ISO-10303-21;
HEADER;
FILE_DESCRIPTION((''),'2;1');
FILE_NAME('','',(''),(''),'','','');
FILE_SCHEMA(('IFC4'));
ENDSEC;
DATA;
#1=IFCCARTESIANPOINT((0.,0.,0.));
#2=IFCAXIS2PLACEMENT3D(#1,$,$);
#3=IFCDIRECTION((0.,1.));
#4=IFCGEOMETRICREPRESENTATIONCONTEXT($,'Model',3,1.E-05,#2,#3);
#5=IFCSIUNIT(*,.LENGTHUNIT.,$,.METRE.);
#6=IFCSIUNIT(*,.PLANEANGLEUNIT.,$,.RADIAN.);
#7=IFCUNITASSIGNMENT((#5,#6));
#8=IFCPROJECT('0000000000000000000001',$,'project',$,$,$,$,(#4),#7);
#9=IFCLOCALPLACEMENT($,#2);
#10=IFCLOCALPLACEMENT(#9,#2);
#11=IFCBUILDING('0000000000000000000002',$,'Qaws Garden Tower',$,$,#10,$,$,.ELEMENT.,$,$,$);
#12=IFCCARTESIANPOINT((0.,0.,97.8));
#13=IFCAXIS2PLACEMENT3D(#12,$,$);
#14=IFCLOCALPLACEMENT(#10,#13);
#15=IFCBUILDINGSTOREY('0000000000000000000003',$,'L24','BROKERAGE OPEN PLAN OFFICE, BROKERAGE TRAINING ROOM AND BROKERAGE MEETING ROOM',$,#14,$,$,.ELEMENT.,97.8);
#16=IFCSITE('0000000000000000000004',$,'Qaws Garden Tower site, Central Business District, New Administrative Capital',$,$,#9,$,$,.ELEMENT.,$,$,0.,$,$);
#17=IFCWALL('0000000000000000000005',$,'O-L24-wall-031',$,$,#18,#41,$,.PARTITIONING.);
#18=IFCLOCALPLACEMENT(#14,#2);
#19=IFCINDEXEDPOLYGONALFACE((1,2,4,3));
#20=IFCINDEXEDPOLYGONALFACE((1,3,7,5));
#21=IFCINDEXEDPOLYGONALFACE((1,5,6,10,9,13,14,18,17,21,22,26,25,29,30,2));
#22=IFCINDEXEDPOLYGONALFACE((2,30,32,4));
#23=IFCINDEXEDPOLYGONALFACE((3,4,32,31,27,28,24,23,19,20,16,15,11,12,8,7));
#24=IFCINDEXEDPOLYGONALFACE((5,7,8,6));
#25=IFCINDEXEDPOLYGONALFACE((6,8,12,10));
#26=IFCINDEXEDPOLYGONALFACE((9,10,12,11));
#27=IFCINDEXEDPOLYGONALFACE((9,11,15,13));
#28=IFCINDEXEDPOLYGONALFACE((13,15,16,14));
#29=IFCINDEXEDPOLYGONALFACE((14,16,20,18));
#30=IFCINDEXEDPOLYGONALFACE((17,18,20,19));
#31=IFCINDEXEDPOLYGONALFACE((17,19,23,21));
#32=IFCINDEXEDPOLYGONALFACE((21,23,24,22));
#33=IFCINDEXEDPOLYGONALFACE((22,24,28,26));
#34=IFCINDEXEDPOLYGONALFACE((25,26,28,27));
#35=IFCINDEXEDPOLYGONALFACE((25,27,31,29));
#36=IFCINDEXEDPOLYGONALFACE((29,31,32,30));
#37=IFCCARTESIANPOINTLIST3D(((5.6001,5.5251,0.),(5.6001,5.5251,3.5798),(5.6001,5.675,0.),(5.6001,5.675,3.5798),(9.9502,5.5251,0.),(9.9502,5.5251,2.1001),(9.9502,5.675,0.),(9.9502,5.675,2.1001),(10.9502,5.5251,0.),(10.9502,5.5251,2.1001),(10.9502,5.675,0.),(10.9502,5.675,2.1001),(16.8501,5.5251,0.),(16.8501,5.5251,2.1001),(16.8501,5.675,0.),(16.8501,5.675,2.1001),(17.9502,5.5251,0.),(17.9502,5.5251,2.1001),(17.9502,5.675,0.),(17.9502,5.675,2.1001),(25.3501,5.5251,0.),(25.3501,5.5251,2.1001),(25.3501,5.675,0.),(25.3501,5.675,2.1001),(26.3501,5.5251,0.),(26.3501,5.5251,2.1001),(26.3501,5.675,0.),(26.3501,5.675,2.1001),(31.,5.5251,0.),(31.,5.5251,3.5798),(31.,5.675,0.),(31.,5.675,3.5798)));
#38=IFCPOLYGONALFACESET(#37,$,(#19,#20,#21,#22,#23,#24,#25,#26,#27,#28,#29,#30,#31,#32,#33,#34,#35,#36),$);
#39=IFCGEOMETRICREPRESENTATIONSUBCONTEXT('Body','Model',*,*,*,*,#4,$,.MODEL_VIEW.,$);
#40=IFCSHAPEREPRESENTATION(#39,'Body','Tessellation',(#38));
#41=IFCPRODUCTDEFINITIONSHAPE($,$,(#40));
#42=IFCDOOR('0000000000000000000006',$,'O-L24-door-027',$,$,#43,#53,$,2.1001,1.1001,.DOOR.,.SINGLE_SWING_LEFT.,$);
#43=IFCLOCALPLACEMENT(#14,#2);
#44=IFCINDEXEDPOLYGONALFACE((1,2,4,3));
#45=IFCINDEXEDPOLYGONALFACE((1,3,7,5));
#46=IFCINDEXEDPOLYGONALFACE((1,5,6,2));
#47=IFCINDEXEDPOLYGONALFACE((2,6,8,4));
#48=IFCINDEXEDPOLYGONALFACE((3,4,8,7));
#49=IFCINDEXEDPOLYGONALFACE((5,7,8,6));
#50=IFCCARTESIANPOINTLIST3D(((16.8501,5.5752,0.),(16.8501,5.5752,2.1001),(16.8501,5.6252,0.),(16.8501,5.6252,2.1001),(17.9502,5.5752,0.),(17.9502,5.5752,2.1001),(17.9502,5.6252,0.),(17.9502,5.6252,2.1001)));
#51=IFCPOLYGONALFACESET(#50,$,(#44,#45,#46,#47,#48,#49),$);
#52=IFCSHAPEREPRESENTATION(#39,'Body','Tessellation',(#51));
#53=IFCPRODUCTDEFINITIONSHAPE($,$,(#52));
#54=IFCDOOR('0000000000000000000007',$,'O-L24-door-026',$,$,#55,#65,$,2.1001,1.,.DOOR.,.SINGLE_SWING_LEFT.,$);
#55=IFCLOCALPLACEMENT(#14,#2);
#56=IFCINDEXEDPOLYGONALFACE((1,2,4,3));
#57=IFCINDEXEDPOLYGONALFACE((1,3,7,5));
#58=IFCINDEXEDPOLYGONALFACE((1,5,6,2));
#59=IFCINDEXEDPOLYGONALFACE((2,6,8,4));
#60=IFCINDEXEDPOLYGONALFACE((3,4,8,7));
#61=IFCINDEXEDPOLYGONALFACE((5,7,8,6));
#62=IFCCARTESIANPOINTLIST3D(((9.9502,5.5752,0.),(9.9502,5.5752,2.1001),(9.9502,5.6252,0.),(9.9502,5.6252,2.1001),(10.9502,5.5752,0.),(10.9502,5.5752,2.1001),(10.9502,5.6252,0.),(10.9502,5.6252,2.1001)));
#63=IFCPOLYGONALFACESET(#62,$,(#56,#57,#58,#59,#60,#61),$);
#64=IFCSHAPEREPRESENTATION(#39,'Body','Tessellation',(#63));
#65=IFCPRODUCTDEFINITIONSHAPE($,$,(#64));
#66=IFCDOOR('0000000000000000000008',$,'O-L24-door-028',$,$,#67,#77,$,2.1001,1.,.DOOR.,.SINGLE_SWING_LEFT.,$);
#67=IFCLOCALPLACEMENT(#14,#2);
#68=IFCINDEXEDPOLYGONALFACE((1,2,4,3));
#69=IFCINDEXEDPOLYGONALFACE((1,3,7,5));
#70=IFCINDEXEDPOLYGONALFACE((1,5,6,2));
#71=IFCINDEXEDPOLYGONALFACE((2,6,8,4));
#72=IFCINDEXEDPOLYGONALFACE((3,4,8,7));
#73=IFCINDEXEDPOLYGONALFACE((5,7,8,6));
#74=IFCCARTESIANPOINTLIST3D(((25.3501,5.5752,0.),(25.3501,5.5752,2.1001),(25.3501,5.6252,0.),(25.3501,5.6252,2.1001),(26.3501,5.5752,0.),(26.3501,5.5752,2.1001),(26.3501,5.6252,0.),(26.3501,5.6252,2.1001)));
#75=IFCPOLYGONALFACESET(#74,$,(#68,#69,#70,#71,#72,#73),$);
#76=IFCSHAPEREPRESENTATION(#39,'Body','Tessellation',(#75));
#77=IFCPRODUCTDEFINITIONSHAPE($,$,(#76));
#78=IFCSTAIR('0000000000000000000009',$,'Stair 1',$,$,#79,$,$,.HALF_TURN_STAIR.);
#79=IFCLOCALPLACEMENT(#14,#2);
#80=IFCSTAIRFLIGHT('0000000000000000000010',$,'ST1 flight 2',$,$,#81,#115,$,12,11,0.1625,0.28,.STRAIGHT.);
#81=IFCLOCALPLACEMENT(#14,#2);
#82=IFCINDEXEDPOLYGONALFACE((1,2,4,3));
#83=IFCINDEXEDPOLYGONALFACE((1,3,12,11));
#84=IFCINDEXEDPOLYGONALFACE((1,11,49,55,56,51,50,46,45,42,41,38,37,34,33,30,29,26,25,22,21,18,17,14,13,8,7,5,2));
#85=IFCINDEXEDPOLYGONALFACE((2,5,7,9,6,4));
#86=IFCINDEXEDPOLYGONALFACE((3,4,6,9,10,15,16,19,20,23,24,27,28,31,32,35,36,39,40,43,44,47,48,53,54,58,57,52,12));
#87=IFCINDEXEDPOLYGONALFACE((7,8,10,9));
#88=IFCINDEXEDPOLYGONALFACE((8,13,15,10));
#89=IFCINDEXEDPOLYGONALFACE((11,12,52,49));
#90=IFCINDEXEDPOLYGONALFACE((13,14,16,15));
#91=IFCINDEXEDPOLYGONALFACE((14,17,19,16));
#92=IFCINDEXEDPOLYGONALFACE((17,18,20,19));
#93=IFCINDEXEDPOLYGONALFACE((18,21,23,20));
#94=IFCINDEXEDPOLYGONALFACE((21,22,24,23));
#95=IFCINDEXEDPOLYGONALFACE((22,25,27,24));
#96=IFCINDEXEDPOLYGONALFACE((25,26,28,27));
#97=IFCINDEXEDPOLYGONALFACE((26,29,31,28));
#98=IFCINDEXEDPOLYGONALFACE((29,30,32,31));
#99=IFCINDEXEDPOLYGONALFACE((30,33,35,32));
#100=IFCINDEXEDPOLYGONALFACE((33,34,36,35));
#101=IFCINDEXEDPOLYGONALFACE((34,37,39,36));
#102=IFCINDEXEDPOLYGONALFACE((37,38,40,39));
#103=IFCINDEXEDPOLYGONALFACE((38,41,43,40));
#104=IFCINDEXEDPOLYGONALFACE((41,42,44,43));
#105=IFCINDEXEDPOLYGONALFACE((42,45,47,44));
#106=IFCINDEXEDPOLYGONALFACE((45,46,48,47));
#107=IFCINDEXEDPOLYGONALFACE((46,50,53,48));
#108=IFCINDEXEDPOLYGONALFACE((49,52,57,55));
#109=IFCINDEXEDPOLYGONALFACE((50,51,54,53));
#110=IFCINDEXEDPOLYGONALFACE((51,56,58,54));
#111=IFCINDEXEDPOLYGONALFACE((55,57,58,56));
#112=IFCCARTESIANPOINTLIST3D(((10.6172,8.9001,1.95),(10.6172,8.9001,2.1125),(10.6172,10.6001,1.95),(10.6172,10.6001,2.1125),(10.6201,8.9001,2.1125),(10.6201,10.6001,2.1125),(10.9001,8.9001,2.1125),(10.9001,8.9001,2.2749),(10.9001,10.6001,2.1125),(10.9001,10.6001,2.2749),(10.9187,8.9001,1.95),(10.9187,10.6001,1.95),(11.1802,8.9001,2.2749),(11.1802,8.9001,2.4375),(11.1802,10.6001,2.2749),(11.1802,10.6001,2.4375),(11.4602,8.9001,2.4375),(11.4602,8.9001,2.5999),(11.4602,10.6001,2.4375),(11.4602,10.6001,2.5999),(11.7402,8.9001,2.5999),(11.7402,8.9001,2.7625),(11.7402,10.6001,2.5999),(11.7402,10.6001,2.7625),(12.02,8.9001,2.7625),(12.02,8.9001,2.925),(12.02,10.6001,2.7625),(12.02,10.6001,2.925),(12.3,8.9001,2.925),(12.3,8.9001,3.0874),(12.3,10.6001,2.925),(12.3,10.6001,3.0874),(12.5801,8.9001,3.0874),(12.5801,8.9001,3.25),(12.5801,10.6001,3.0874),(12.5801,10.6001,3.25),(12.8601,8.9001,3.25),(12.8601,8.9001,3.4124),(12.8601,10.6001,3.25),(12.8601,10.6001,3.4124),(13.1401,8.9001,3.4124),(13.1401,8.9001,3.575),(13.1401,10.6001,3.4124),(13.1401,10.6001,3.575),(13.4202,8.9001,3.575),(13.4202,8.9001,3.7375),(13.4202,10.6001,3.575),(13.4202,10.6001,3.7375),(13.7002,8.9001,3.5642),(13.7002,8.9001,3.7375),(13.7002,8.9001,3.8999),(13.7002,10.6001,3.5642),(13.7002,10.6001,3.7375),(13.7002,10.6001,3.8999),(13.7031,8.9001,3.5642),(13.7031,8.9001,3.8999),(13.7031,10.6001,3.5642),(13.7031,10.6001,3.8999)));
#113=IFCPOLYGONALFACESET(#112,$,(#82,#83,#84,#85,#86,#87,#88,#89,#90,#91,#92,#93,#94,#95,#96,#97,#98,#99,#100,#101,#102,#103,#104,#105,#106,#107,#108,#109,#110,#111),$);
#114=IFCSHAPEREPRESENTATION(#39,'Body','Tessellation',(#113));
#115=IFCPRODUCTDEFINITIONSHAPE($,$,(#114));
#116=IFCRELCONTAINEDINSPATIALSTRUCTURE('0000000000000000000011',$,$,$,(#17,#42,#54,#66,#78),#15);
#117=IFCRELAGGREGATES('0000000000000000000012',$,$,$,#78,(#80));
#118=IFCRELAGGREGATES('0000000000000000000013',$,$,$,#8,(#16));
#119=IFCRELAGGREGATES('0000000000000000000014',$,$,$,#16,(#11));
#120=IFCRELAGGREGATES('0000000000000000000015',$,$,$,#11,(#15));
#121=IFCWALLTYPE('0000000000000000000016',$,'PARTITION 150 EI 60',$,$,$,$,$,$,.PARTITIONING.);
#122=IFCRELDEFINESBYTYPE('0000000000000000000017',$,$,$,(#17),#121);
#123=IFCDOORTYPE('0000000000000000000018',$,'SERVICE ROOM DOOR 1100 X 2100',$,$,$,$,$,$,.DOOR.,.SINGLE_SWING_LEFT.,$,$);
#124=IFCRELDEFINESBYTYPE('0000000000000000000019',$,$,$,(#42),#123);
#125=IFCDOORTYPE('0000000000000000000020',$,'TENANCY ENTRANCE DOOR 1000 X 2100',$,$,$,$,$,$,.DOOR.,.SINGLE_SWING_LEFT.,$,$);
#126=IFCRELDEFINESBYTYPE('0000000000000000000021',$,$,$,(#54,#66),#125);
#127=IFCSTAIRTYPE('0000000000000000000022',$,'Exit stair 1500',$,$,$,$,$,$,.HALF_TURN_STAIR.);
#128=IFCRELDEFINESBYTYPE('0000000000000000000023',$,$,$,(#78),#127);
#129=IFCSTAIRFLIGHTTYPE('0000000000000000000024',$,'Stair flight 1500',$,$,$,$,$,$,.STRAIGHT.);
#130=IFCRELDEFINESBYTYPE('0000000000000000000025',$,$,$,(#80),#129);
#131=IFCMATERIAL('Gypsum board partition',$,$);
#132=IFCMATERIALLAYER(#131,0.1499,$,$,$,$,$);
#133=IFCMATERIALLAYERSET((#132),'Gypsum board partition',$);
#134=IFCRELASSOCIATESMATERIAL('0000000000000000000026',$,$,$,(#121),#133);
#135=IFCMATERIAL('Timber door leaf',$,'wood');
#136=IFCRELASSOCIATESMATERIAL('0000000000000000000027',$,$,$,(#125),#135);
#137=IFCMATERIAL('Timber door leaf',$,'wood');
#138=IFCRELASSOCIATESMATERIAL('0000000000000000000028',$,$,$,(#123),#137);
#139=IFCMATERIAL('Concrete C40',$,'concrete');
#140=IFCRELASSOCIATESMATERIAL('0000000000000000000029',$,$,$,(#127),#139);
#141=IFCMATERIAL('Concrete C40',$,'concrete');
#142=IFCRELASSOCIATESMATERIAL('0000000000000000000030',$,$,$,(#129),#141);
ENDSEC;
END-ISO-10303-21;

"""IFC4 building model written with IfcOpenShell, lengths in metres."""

from ifc_helpers import new_model, si_unit, direction, frame, frame_2d, origin, place, context, subcontext, project, spatial, polyline, rectangle, outline, extrude, material, layer, layer_set, type_object, element, fill, aggregate, save


model = new_model("IFC4")

# Units and contexts
model_context = context("Model", 3, precision=1e-05, world=origin(), true_north=direction((0.0, 1.0)))
body_context = subcontext(model_context, "Body", "Model", "MODEL_VIEW")
ifc_project = project(units=[si_unit("LENGTHUNIT", "METRE"), si_unit("PLANEANGLEUNIT", "RADIAN")], contexts=[model_context])

# Site, building, storey
site_placement = place(None, origin())
site = spatial("IfcSite", under=ifc_project, at=site_placement, Name="Qaws Garden Tower site, Central Business District, New Administrative Capital", CompositionType="ELEMENT", RefElevation=0.0)
building_placement = place(site_placement, origin())
building = spatial("IfcBuilding", under=site, at=building_placement, Name="Qaws Garden Tower", CompositionType="ELEMENT")
storey_placement = place(building_placement, frame((0.0, 0.0, 97.8)))
storey = spatial("IfcBuildingStorey", under=building, at=storey_placement, Name="L24", Description="BROKERAGE OPEN PLAN OFFICE, BROKERAGE TRAINING ROOM AND BROKERAGE MEETING ROOM", CompositionType="ELEMENT", Elevation=97.8)

# Wall, openings, doors
ifc_material_1 = material(Name="Gypsum board partition")
ifc_layer_1 = layer(ifc_material_1, 0.1499)
ifc_layer_set_1 = layer_set([ifc_layer_1], Name="Gypsum board partition")
wall_type_1 = type_object("IfcWallType", Name="PARTITION 150 EI 60", PredefinedType="PARTITIONING", material=ifc_layer_set_1)
ifc_material_2 = material(Name="Timber door leaf", Category="wood")
door_type_1 = type_object("IfcDoorType", Name="TENANCY ENTRANCE DOOR 1000 X 2100", OperationType="SINGLE_SWING_LEFT", PredefinedType="DOOR", material=ifc_material_2)
wall_1_placement = place(storey_placement, frame((5.6001, 5.6001, 0.0), z_axis=(0.0, 0.0, 1.0), x_axis=(1.0, 0.0, 0.0)))
wall_1 = element("IfcWall", 1, at=wall_1_placement, inside=storey, type_object=wall_type_1, Name="O-L24-wall-031", PredefinedType="PARTITIONING", context=body_context, shape_type="SweptSolid", body=[
    extrude(rectangle(XDim=25.3999, YDim=0.1499, at=frame_2d((12.7, 0.0))), origin(), (0.0, 0.0, 1.0), 3.5798),
])
opening_1_placement = place(wall_1_placement, frame((4.3501, 0.0, 0.0)))
opening_1 = element("IfcOpeningElement", 2, at=opening_1_placement, cuts=wall_1, PredefinedType="OPENING", context=body_context, shape_type="SweptSolid", body=[
    extrude(rectangle(XDim=1.0, YDim=2.1001, at=frame_2d((0.5, 1.05))), frame((0.0, 0.085, 0.0), z_axis=(0.0, -1.0, 0.0), x_axis=(1.0, 0.0, 0.0)), (0.0, 0.0, 1.0), 0.1699),
])
opening_2_placement = place(wall_1_placement, frame((11.25, 0.0, 0.0)))
opening_2 = element("IfcOpeningElement", 3, at=opening_2_placement, cuts=wall_1, PredefinedType="OPENING", context=body_context, shape_type="SweptSolid", body=[
    extrude(rectangle(XDim=1.1001, YDim=2.1001, at=frame_2d((0.55, 1.05))), frame((0.0, 0.085, 0.0), z_axis=(0.0, -1.0, 0.0), x_axis=(1.0, 0.0, 0.0)), (0.0, 0.0, 1.0), 0.1699),
])
opening_3_placement = place(wall_1_placement, frame((19.75, 0.0, 0.0)))
opening_3 = element("IfcOpeningElement", 4, at=opening_3_placement, cuts=wall_1, PredefinedType="OPENING", context=body_context, shape_type="SweptSolid", body=[
    extrude(rectangle(XDim=1.0, YDim=2.1001, at=frame_2d((0.5, 1.05))), frame((0.0, 0.085, 0.0), z_axis=(0.0, -1.0, 0.0), x_axis=(1.0, 0.0, 0.0)), (0.0, 0.0, 1.0), 0.1699),
])
ifc_material_3 = material(Name="Timber door leaf", Category="wood")
door_type_2 = type_object("IfcDoorType", Name="SERVICE ROOM DOOR 1100 X 2100", OperationType="SINGLE_SWING_LEFT", PredefinedType="DOOR", material=ifc_material_3)
door_1_placement = place(opening_2_placement, frame((1.1001, 0.0, 0.0), z_axis=(0.0, 0.0, 1.0), x_axis=(-1.0, 0.0, 0.0)))
door_1 = element("IfcDoor", 5, at=door_1_placement, inside=storey, type_object=door_type_2, Name="O-L24-door-027", OperationType="SINGLE_SWING_LEFT", OverallHeight=2.1001, OverallWidth=1.1001, PredefinedType="DOOR", context=body_context, shape_type="SweptSolid", body=[
    extrude(rectangle(XDim=1.1001, YDim=2.1001, at=frame_2d((0.55, 1.05))), frame((0.0, 0.0249, 0.0), z_axis=(0.0, -1.0, 0.0), x_axis=(1.0, 0.0, 0.0)), (0.0, 0.0, 1.0), 0.05),
])
fill(opening_2, door_1)
door_2_placement = place(opening_1_placement, frame((1.0, 0.0, 0.0), z_axis=(0.0, 0.0, 1.0), x_axis=(-1.0, 0.0, 0.0)))
door_2 = element("IfcDoor", 6, at=door_2_placement, inside=storey, type_object=door_type_1, Name="O-L24-door-026", OperationType="SINGLE_SWING_LEFT", OverallHeight=2.1001, OverallWidth=1.0, PredefinedType="DOOR", context=body_context, shape_type="SweptSolid", body=[
    extrude(rectangle(XDim=1.0, YDim=2.1001, at=frame_2d((0.5, 1.05))), frame((0.0, 0.0249, 0.0), z_axis=(0.0, -1.0, 0.0), x_axis=(1.0, 0.0, 0.0)), (0.0, 0.0, 1.0), 0.05),
])
fill(opening_1, door_2)
door_3_placement = place(opening_3_placement, frame((1.0, 0.0, 0.0), z_axis=(0.0, 0.0, 1.0), x_axis=(-1.0, 0.0, 0.0)))
door_3 = element("IfcDoor", 7, at=door_3_placement, inside=storey, type_object=door_type_1, Name="O-L24-door-028", OperationType="SINGLE_SWING_LEFT", OverallHeight=2.1001, OverallWidth=1.0, PredefinedType="DOOR", context=body_context, shape_type="SweptSolid", body=[
    extrude(rectangle(XDim=1.0, YDim=2.1001, at=frame_2d((0.5, 1.05))), frame((0.0, 0.0249, 0.0), z_axis=(0.0, -1.0, 0.0), x_axis=(1.0, 0.0, 0.0)), (0.0, 0.0, 1.0), 0.05),
])
fill(opening_3, door_3)

# Stair, stair flight
ifc_material_4 = material(Name="Concrete C40", Category="concrete")
stair_type = type_object("IfcStairType", Name="Exit stair 1500", PredefinedType="HALF_TURN_STAIR", material=ifc_material_4)
stair_placement = place(storey_placement, origin())
stair = element("IfcStair", 8, at=stair_placement, inside=storey, type_object=stair_type, Name="Stair 1", PredefinedType="HALF_TURN_STAIR")
ifc_material_5 = material(Name="Concrete C40", Category="concrete")
stair_flight_type = type_object("IfcStairFlightType", Name="Stair flight 1500", PredefinedType="STRAIGHT", material=ifc_material_5)
stair_flight_placement = place(storey_placement, frame((10.6201, 9.75, 1.95), z_axis=(0.0, 0.0, 1.0), x_axis=(1.0, 0.0, 0.0)))
stair_flight = element("IfcStairFlight", 9, at=stair_flight_placement, type_object=stair_flight_type, Name="ST1 flight 2", NumberOfRisers=12, NumberOfTreads=11, PredefinedType="STRAIGHT", RiserHeight=0.1625, TreadLength=0.28, context=body_context, shape_type="SweptSolid", body=[
    extrude(outline(polyline([(-0.0029, 0.0), (-0.0029, 0.1626), (0.0, 0.1626), (0.28, 0.1626), (0.28, 0.325), (0.5601, 0.325), (0.5601, 0.4875), (0.8401, 0.4875), (0.8401, 0.6499), (1.1201, 0.6499), (1.1201, 0.8125), (1.3999, 0.8125), (1.3999, 0.9751), (1.6799, 0.9751), (1.6799, 1.1375), (1.96, 1.1375), (1.96, 1.3), (2.24, 1.3), (2.24, 1.4624), (2.52, 1.4624), (2.52, 1.625), (2.8, 1.625), (2.8, 1.7876), (3.0801, 1.7876), (3.0801, 1.95), (3.083, 1.95), (3.083, 1.6143), (3.0801, 1.6143), (0.2986, 0.0), (-0.0029, 0.0)])), frame((0.0, 0.8501, 0.0), z_axis=(0.0, -1.0, 0.0), x_axis=(1.0, 0.0, 0.0)), (0.0, 0.0, 1.0), 1.7),
])
aggregate(stair, [stair_flight])

save(model, "model.ifc")
